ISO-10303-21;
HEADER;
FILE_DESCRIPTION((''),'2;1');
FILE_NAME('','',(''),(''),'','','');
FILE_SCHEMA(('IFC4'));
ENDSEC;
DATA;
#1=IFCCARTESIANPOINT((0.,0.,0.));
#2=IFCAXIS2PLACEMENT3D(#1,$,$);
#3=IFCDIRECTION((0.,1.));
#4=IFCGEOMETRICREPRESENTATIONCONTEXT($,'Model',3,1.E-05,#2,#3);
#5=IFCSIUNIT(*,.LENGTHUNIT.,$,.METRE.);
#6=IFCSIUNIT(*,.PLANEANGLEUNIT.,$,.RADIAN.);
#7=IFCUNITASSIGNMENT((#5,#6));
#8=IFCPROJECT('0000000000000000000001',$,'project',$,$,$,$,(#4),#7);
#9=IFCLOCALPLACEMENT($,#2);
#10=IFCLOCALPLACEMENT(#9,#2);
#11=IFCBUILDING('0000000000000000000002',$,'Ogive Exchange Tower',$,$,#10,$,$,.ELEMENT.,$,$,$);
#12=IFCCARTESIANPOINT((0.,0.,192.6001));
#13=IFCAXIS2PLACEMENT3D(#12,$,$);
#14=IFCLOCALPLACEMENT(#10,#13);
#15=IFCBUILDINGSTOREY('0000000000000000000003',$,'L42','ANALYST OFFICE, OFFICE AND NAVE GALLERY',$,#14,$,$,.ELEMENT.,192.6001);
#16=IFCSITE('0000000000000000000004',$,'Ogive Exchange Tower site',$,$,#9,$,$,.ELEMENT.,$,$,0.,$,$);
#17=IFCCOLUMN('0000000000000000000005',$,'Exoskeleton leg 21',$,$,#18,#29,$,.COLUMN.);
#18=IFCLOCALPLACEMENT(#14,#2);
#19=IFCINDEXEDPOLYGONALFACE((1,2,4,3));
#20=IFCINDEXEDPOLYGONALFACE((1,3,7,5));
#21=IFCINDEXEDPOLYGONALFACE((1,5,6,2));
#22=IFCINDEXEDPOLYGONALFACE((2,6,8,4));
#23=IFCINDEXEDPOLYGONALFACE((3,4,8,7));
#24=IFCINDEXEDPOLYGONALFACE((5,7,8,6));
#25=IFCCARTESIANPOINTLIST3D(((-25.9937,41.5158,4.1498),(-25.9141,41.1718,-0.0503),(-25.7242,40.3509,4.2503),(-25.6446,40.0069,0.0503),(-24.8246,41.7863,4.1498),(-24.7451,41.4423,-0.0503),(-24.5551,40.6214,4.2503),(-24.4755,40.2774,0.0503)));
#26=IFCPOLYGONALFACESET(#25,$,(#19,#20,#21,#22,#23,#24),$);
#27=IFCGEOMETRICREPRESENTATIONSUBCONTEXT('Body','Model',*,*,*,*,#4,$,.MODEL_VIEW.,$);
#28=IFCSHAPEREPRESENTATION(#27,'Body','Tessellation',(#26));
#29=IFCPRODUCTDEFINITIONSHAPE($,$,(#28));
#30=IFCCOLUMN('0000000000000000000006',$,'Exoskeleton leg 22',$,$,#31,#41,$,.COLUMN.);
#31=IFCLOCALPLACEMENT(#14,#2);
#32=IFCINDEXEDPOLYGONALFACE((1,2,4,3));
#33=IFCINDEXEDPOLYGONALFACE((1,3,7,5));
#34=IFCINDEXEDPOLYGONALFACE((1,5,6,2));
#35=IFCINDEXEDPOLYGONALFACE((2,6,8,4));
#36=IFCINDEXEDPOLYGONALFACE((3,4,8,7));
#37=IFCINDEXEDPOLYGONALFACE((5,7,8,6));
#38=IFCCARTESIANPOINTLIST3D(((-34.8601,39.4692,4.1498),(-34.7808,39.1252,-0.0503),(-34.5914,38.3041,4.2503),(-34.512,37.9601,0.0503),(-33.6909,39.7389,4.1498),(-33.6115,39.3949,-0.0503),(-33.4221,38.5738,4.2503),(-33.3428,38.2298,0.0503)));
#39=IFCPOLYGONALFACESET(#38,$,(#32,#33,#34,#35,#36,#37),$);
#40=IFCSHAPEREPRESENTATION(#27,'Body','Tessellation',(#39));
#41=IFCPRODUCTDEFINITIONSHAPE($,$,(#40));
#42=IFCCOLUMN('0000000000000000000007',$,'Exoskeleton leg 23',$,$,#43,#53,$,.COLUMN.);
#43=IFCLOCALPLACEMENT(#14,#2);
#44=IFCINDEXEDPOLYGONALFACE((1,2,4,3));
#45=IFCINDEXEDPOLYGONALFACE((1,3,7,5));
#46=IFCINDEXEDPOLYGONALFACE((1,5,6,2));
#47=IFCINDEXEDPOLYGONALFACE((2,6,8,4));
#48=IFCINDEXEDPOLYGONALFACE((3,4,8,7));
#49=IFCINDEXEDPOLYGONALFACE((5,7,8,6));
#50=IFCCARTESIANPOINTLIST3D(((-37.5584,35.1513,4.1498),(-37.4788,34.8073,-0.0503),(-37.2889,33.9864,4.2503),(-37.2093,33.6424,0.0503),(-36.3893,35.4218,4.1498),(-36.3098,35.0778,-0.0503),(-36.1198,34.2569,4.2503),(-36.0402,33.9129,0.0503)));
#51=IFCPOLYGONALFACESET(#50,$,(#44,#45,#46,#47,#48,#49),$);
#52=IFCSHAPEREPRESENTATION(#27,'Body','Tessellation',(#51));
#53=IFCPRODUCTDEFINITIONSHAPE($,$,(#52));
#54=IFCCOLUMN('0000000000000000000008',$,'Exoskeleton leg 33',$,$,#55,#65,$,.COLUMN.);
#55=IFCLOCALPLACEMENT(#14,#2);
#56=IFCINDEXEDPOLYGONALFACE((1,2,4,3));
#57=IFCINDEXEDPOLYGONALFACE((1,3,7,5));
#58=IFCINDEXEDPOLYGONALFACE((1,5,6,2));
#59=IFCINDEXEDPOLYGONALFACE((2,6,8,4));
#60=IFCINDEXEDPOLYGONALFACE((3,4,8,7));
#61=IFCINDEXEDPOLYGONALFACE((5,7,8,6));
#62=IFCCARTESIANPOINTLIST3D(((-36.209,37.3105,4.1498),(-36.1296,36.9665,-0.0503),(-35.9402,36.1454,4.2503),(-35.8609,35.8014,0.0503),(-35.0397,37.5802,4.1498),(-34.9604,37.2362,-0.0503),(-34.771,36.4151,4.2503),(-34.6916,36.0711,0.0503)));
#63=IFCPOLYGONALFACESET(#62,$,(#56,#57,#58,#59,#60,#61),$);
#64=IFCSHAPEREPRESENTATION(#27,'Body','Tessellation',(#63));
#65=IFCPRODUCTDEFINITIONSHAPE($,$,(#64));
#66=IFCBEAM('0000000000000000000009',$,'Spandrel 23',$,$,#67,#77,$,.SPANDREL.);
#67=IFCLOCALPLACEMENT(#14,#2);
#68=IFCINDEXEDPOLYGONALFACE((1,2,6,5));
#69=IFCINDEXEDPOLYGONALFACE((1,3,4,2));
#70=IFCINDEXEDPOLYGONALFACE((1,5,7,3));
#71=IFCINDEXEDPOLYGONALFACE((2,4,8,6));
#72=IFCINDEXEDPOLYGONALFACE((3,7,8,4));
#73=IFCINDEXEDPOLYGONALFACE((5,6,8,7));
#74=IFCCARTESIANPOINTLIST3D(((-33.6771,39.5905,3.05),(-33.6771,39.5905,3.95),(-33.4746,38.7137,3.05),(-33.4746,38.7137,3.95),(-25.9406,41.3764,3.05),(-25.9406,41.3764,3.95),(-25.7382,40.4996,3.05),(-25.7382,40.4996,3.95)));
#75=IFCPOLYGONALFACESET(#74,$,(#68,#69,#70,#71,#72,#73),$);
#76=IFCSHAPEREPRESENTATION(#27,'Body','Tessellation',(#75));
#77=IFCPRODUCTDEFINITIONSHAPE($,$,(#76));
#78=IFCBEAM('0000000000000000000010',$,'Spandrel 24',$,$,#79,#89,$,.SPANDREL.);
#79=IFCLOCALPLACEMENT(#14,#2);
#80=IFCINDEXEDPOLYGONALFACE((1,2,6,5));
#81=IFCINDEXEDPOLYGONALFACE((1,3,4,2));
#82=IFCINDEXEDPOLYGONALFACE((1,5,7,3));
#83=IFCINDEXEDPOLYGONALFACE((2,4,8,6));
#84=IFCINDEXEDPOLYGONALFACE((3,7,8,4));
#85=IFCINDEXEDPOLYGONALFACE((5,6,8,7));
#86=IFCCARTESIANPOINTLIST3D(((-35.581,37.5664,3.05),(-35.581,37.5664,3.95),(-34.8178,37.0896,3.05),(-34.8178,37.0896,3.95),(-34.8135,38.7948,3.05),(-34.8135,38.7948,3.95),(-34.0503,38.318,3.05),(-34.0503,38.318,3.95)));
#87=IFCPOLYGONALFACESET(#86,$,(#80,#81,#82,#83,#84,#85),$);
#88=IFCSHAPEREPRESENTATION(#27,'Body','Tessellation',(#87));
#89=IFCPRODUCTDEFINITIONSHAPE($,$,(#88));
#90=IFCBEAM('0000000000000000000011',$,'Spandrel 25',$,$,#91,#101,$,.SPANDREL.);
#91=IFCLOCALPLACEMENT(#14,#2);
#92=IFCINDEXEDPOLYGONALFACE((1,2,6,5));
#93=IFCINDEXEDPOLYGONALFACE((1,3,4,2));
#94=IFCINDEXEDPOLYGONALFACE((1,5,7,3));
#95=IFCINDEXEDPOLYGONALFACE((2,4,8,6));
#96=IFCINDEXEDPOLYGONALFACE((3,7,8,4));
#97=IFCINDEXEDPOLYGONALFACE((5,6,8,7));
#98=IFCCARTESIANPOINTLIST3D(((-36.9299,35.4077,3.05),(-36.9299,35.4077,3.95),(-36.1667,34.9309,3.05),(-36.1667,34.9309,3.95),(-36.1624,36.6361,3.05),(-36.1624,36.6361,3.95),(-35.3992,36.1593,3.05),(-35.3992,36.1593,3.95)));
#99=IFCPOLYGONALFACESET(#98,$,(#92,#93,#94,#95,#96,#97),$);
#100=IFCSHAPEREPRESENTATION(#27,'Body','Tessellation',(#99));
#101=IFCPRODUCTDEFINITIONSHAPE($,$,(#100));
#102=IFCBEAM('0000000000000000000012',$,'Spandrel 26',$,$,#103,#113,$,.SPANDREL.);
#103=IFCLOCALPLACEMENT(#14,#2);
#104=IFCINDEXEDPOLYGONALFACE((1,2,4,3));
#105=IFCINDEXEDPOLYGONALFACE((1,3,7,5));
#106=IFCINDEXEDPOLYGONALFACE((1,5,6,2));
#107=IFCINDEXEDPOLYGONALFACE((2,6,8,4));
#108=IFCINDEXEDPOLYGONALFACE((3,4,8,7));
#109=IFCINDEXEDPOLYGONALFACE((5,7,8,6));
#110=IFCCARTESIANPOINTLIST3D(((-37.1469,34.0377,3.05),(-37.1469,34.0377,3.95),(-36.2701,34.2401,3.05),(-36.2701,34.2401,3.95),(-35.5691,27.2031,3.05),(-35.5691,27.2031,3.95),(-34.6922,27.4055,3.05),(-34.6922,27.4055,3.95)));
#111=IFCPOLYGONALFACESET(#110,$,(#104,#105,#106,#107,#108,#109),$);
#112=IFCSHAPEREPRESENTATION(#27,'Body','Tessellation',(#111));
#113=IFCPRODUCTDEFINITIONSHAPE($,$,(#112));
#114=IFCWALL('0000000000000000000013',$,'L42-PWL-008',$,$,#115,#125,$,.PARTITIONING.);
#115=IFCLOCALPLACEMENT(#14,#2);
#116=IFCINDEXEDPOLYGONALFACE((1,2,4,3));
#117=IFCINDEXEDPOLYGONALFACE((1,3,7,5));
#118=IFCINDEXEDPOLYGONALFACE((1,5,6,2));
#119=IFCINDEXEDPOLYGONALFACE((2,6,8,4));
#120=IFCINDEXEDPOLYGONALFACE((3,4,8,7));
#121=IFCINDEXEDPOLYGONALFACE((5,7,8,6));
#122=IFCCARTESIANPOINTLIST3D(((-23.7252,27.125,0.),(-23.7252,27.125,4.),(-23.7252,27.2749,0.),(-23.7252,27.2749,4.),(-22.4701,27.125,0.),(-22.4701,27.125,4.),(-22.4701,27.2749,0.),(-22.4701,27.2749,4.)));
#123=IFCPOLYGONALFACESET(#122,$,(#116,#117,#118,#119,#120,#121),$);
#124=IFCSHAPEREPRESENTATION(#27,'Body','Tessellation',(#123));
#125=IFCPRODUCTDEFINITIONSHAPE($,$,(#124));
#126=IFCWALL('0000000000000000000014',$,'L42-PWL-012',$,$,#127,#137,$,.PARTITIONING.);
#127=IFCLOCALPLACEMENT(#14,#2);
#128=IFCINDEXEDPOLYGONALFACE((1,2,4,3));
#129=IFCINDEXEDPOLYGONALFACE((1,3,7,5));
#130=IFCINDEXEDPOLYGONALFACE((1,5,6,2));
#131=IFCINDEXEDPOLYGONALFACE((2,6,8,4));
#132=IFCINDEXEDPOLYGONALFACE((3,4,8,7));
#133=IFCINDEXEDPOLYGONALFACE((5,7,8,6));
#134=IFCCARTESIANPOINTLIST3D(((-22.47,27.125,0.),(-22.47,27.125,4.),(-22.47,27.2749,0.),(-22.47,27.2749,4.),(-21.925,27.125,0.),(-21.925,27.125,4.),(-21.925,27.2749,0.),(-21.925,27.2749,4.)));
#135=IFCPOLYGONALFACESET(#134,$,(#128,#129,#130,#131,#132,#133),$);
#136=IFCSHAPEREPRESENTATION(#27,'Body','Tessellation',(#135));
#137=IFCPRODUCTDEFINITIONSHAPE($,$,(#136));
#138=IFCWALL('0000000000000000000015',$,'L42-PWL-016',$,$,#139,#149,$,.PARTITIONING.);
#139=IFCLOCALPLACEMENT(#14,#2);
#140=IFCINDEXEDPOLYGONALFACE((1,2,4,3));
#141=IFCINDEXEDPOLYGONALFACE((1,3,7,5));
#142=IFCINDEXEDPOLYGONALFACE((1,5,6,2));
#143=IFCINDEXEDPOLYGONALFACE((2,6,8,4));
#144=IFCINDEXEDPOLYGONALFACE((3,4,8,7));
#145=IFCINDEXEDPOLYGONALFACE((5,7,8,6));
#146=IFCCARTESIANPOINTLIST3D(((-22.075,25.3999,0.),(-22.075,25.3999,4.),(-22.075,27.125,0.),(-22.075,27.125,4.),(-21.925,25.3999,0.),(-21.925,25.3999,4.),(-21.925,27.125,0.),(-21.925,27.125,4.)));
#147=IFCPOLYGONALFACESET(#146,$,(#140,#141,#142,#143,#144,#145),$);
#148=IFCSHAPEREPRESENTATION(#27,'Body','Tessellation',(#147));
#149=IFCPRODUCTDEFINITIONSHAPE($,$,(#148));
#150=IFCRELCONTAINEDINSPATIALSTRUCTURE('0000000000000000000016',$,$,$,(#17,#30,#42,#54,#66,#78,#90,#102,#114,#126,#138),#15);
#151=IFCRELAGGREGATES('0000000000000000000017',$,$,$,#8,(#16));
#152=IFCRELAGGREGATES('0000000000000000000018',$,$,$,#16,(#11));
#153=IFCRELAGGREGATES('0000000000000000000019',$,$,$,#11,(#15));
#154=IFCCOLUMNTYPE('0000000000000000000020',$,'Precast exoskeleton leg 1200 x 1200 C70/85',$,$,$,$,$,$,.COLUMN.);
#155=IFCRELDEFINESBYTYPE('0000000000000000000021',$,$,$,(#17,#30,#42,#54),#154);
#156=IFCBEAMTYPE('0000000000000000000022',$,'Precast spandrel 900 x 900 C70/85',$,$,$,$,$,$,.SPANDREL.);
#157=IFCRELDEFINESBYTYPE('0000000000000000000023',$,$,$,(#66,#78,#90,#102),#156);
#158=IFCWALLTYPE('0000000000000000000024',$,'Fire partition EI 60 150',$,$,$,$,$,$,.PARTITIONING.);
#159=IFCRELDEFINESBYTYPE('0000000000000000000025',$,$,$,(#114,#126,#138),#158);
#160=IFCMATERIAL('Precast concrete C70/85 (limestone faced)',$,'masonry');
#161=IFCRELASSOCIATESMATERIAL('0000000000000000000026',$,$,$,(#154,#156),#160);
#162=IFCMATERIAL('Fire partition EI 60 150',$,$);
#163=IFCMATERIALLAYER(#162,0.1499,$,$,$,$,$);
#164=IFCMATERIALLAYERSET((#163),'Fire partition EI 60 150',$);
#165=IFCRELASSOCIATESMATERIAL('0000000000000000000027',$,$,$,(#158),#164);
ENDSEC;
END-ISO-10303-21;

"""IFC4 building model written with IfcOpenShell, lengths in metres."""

from ifc_helpers import new_model, si_unit, direction, frame, frame_2d, origin, origin_2d, place, context, subcontext, project, spatial, rectangle, extrude, material, layer, layer_set, material_profile, profile_set, type_object, element, save


model = new_model("IFC4")

# Units and contexts
model_context = context("Model", 3, precision=1e-05, world=origin(), true_north=direction((0.0, 1.0)))
body_context = subcontext(model_context, "Body", "Model", "MODEL_VIEW")
ifc_project = project(units=[si_unit("LENGTHUNIT", "METRE"), si_unit("PLANEANGLEUNIT", "RADIAN")], contexts=[model_context])

# Site, building, storey
site_placement = place(None, origin())
site = spatial("IfcSite", under=ifc_project, at=site_placement, Name="Ogive Exchange Tower site", CompositionType="ELEMENT", RefElevation=0.0)
building_placement = place(site_placement, origin())
building = spatial("IfcBuilding", under=site, at=building_placement, Name="Ogive Exchange Tower", CompositionType="ELEMENT")
storey_placement = place(building_placement, frame((0.0, 0.0, 192.6001)))
storey = spatial("IfcBuildingStorey", under=building, at=storey_placement, Name="L42", Description="ANALYST OFFICE, OFFICE AND NAVE GALLERY", CompositionType="ELEMENT", Elevation=192.6001)

# Columns
ifc_material_1 = material(Name="Precast concrete C70/85 (limestone faced)", Category="masonry")
ifc_material_profile_1 = material_profile(ifc_material_1, rectangle(XDim=1.2, YDim=1.2, at=origin_2d()), Name="1200 x 1200")
ifc_profile_set_1 = profile_set([ifc_material_profile_1], Name="Precast concrete C70/85 (limestone faced)")
column_type = type_object("IfcColumnType", Name="Precast exoskeleton leg 1200 x 1200 C70/85", PredefinedType="COLUMN", material=ifc_profile_set_1)
for number, where, z_axis, x_axis, name in (
    (1, (-25.1948, 40.7246, 0.0), (-0.018884, 0.081616, 0.996485), (-0.974263, -0.225415, 0.0), "Exoskeleton leg 21"),
    (2, (-34.0618, 38.6775, 0.0), (-0.018826, 0.081617, 0.996486), (-0.974415, -0.224758, 0.0), "Exoskeleton leg 22"),
    (3, (-36.7595, 34.3601, 0.0), (-0.018884, 0.081616, 0.996485), (-0.974263, -0.225415, 0.0), "Exoskeleton leg 23"),
    (4, (-35.4106, 36.5188, 0.0), (-0.018826, 0.081617, 0.996486), (-0.974415, -0.224758, 0.0), "Exoskeleton leg 33"),
):
    element("IfcColumn", number, at=place(storey_placement, frame(where, z_axis=z_axis, x_axis=x_axis)), inside=storey, type_object=column_type, Name=name, PredefinedType="COLUMN", context=body_context, shape_type="SweptSolid", body=[
        extrude(rectangle(XDim=1.2, YDim=1.2, at=origin_2d()), origin(), (0.0, 0.0, 1.0), 4.2148),
    ])

# Beams
ifc_material_profile_2 = material_profile(ifc_material_1, rectangle(XDim=0.8999, YDim=0.8999, at=origin_2d()), Name="900 x 900")
ifc_profile_set_2 = profile_set([ifc_material_profile_2], Name="Precast concrete C70/85 (limestone faced)")
beam_type = type_object("IfcBeamType", Name="Precast spandrel 900 x 900 C70/85", PredefinedType="SPANDREL", material=ifc_profile_set_2)
beam_1_placement = place(storey_placement, frame((-25.8394, 40.938, 3.5), z_axis=(-0.974377, -0.224922, 0.0), x_axis=(0.224922, -0.974377, 0.0)))
element("IfcBeam", 5, at=beam_1_placement, inside=storey, type_object=beam_type, Name="Spandrel 23", PredefinedType="SPANDREL", context=body_context, shape_type="SweptSolid", body=[
    extrude(rectangle(XDim=0.8999, YDim=0.8999, at=origin_2d()), origin(), (0.0, 0.0, 1.0), 7.9399),
])
for number, where, z_axis, x_axis, name in (
    (6, (-34.4319, 38.5564, 3.5), (-0.529878, -0.848074, 0.0), (0.848074, -0.529878, 0.0), "Spandrel 24"),
    (7, (-35.7808, 36.3977, 3.5), (-0.529878, -0.848074, 0.0), (0.848074, -0.529878, 0.0), "Spandrel 25"),
):
    element("IfcBeam", number, at=place(storey_placement, frame(where, z_axis=z_axis, x_axis=x_axis)), inside=storey, type_object=beam_type, Name=name, PredefinedType="SPANDREL", context=body_context, shape_type="SweptSolid", body=[
        extrude(rectangle(XDim=0.8999, YDim=0.8999, at=origin_2d()), origin(), (0.0, 0.0, 1.0), 1.4485),
    ])
beam_2_placement = place(storey_placement, frame((-36.7085, 34.1389, 3.5), z_axis=(0.224946, -0.974371, 0.0), x_axis=(0.974371, 0.224946, 0.0)))
element("IfcBeam", 8, at=beam_2_placement, inside=storey, type_object=beam_type, Name="Spandrel 26", PredefinedType="SPANDREL", context=body_context, shape_type="SweptSolid", body=[
    extrude(rectangle(XDim=0.8999, YDim=0.8999, at=origin_2d()), origin(), (0.0, 0.0, 1.0), 7.0144),
])

# Walls
ifc_material_2 = material(Name="Fire partition EI 60 150")
ifc_layer_1 = layer(ifc_material_2, 0.1499)
ifc_layer_set_1 = layer_set([ifc_layer_1], Name="Fire partition EI 60 150")
wall_type_1 = type_object("IfcWallType", Name="Fire partition EI 60 150", PredefinedType="PARTITIONING", material=ifc_layer_set_1)
wall_1_placement = place(storey_placement, frame((-23.7251, 27.2, 0.0), z_axis=(0.0, 0.0, 1.0), x_axis=(1.0, 0.0, 0.0)))
element("IfcWall", 9, at=wall_1_placement, inside=storey, type_object=wall_type_1, Name="L42-PWL-008", PredefinedType="PARTITIONING", context=body_context, shape_type="SweptSolid", body=[
    extrude(rectangle(XDim=1.2551, YDim=0.1499, at=frame_2d((0.6274, 0.0))), origin(), (0.0, 0.0, 1.0), 4.0),
])
wall_2_placement = place(storey_placement, frame((-22.47, 27.2, 0.0), z_axis=(0.0, 0.0, 1.0), x_axis=(1.0, 0.0, 0.0)))
element("IfcWall", 10, at=wall_2_placement, inside=storey, type_object=wall_type_1, Name="L42-PWL-012", PredefinedType="PARTITIONING", context=body_context, shape_type="SweptSolid", body=[
    extrude(rectangle(XDim=0.5449, YDim=0.1499, at=frame_2d((0.2725, 0.0))), origin(), (0.0, 0.0, 1.0), 4.0),
])
wall_3_placement = place(storey_placement, frame((-22.0, 27.125, 0.0), z_axis=(0.0, 0.0, 1.0), x_axis=(0.0, -1.0, 0.0)))
element("IfcWall", 11, at=wall_3_placement, inside=storey, type_object=wall_type_1, Name="L42-PWL-016", PredefinedType="PARTITIONING", context=body_context, shape_type="SweptSolid", body=[
    extrude(rectangle(XDim=1.7251, YDim=0.1499, at=frame_2d((0.8625, 0.0))), origin(), (0.0, 0.0, 1.0), 4.0),
])

save(model, "model.ifc")
